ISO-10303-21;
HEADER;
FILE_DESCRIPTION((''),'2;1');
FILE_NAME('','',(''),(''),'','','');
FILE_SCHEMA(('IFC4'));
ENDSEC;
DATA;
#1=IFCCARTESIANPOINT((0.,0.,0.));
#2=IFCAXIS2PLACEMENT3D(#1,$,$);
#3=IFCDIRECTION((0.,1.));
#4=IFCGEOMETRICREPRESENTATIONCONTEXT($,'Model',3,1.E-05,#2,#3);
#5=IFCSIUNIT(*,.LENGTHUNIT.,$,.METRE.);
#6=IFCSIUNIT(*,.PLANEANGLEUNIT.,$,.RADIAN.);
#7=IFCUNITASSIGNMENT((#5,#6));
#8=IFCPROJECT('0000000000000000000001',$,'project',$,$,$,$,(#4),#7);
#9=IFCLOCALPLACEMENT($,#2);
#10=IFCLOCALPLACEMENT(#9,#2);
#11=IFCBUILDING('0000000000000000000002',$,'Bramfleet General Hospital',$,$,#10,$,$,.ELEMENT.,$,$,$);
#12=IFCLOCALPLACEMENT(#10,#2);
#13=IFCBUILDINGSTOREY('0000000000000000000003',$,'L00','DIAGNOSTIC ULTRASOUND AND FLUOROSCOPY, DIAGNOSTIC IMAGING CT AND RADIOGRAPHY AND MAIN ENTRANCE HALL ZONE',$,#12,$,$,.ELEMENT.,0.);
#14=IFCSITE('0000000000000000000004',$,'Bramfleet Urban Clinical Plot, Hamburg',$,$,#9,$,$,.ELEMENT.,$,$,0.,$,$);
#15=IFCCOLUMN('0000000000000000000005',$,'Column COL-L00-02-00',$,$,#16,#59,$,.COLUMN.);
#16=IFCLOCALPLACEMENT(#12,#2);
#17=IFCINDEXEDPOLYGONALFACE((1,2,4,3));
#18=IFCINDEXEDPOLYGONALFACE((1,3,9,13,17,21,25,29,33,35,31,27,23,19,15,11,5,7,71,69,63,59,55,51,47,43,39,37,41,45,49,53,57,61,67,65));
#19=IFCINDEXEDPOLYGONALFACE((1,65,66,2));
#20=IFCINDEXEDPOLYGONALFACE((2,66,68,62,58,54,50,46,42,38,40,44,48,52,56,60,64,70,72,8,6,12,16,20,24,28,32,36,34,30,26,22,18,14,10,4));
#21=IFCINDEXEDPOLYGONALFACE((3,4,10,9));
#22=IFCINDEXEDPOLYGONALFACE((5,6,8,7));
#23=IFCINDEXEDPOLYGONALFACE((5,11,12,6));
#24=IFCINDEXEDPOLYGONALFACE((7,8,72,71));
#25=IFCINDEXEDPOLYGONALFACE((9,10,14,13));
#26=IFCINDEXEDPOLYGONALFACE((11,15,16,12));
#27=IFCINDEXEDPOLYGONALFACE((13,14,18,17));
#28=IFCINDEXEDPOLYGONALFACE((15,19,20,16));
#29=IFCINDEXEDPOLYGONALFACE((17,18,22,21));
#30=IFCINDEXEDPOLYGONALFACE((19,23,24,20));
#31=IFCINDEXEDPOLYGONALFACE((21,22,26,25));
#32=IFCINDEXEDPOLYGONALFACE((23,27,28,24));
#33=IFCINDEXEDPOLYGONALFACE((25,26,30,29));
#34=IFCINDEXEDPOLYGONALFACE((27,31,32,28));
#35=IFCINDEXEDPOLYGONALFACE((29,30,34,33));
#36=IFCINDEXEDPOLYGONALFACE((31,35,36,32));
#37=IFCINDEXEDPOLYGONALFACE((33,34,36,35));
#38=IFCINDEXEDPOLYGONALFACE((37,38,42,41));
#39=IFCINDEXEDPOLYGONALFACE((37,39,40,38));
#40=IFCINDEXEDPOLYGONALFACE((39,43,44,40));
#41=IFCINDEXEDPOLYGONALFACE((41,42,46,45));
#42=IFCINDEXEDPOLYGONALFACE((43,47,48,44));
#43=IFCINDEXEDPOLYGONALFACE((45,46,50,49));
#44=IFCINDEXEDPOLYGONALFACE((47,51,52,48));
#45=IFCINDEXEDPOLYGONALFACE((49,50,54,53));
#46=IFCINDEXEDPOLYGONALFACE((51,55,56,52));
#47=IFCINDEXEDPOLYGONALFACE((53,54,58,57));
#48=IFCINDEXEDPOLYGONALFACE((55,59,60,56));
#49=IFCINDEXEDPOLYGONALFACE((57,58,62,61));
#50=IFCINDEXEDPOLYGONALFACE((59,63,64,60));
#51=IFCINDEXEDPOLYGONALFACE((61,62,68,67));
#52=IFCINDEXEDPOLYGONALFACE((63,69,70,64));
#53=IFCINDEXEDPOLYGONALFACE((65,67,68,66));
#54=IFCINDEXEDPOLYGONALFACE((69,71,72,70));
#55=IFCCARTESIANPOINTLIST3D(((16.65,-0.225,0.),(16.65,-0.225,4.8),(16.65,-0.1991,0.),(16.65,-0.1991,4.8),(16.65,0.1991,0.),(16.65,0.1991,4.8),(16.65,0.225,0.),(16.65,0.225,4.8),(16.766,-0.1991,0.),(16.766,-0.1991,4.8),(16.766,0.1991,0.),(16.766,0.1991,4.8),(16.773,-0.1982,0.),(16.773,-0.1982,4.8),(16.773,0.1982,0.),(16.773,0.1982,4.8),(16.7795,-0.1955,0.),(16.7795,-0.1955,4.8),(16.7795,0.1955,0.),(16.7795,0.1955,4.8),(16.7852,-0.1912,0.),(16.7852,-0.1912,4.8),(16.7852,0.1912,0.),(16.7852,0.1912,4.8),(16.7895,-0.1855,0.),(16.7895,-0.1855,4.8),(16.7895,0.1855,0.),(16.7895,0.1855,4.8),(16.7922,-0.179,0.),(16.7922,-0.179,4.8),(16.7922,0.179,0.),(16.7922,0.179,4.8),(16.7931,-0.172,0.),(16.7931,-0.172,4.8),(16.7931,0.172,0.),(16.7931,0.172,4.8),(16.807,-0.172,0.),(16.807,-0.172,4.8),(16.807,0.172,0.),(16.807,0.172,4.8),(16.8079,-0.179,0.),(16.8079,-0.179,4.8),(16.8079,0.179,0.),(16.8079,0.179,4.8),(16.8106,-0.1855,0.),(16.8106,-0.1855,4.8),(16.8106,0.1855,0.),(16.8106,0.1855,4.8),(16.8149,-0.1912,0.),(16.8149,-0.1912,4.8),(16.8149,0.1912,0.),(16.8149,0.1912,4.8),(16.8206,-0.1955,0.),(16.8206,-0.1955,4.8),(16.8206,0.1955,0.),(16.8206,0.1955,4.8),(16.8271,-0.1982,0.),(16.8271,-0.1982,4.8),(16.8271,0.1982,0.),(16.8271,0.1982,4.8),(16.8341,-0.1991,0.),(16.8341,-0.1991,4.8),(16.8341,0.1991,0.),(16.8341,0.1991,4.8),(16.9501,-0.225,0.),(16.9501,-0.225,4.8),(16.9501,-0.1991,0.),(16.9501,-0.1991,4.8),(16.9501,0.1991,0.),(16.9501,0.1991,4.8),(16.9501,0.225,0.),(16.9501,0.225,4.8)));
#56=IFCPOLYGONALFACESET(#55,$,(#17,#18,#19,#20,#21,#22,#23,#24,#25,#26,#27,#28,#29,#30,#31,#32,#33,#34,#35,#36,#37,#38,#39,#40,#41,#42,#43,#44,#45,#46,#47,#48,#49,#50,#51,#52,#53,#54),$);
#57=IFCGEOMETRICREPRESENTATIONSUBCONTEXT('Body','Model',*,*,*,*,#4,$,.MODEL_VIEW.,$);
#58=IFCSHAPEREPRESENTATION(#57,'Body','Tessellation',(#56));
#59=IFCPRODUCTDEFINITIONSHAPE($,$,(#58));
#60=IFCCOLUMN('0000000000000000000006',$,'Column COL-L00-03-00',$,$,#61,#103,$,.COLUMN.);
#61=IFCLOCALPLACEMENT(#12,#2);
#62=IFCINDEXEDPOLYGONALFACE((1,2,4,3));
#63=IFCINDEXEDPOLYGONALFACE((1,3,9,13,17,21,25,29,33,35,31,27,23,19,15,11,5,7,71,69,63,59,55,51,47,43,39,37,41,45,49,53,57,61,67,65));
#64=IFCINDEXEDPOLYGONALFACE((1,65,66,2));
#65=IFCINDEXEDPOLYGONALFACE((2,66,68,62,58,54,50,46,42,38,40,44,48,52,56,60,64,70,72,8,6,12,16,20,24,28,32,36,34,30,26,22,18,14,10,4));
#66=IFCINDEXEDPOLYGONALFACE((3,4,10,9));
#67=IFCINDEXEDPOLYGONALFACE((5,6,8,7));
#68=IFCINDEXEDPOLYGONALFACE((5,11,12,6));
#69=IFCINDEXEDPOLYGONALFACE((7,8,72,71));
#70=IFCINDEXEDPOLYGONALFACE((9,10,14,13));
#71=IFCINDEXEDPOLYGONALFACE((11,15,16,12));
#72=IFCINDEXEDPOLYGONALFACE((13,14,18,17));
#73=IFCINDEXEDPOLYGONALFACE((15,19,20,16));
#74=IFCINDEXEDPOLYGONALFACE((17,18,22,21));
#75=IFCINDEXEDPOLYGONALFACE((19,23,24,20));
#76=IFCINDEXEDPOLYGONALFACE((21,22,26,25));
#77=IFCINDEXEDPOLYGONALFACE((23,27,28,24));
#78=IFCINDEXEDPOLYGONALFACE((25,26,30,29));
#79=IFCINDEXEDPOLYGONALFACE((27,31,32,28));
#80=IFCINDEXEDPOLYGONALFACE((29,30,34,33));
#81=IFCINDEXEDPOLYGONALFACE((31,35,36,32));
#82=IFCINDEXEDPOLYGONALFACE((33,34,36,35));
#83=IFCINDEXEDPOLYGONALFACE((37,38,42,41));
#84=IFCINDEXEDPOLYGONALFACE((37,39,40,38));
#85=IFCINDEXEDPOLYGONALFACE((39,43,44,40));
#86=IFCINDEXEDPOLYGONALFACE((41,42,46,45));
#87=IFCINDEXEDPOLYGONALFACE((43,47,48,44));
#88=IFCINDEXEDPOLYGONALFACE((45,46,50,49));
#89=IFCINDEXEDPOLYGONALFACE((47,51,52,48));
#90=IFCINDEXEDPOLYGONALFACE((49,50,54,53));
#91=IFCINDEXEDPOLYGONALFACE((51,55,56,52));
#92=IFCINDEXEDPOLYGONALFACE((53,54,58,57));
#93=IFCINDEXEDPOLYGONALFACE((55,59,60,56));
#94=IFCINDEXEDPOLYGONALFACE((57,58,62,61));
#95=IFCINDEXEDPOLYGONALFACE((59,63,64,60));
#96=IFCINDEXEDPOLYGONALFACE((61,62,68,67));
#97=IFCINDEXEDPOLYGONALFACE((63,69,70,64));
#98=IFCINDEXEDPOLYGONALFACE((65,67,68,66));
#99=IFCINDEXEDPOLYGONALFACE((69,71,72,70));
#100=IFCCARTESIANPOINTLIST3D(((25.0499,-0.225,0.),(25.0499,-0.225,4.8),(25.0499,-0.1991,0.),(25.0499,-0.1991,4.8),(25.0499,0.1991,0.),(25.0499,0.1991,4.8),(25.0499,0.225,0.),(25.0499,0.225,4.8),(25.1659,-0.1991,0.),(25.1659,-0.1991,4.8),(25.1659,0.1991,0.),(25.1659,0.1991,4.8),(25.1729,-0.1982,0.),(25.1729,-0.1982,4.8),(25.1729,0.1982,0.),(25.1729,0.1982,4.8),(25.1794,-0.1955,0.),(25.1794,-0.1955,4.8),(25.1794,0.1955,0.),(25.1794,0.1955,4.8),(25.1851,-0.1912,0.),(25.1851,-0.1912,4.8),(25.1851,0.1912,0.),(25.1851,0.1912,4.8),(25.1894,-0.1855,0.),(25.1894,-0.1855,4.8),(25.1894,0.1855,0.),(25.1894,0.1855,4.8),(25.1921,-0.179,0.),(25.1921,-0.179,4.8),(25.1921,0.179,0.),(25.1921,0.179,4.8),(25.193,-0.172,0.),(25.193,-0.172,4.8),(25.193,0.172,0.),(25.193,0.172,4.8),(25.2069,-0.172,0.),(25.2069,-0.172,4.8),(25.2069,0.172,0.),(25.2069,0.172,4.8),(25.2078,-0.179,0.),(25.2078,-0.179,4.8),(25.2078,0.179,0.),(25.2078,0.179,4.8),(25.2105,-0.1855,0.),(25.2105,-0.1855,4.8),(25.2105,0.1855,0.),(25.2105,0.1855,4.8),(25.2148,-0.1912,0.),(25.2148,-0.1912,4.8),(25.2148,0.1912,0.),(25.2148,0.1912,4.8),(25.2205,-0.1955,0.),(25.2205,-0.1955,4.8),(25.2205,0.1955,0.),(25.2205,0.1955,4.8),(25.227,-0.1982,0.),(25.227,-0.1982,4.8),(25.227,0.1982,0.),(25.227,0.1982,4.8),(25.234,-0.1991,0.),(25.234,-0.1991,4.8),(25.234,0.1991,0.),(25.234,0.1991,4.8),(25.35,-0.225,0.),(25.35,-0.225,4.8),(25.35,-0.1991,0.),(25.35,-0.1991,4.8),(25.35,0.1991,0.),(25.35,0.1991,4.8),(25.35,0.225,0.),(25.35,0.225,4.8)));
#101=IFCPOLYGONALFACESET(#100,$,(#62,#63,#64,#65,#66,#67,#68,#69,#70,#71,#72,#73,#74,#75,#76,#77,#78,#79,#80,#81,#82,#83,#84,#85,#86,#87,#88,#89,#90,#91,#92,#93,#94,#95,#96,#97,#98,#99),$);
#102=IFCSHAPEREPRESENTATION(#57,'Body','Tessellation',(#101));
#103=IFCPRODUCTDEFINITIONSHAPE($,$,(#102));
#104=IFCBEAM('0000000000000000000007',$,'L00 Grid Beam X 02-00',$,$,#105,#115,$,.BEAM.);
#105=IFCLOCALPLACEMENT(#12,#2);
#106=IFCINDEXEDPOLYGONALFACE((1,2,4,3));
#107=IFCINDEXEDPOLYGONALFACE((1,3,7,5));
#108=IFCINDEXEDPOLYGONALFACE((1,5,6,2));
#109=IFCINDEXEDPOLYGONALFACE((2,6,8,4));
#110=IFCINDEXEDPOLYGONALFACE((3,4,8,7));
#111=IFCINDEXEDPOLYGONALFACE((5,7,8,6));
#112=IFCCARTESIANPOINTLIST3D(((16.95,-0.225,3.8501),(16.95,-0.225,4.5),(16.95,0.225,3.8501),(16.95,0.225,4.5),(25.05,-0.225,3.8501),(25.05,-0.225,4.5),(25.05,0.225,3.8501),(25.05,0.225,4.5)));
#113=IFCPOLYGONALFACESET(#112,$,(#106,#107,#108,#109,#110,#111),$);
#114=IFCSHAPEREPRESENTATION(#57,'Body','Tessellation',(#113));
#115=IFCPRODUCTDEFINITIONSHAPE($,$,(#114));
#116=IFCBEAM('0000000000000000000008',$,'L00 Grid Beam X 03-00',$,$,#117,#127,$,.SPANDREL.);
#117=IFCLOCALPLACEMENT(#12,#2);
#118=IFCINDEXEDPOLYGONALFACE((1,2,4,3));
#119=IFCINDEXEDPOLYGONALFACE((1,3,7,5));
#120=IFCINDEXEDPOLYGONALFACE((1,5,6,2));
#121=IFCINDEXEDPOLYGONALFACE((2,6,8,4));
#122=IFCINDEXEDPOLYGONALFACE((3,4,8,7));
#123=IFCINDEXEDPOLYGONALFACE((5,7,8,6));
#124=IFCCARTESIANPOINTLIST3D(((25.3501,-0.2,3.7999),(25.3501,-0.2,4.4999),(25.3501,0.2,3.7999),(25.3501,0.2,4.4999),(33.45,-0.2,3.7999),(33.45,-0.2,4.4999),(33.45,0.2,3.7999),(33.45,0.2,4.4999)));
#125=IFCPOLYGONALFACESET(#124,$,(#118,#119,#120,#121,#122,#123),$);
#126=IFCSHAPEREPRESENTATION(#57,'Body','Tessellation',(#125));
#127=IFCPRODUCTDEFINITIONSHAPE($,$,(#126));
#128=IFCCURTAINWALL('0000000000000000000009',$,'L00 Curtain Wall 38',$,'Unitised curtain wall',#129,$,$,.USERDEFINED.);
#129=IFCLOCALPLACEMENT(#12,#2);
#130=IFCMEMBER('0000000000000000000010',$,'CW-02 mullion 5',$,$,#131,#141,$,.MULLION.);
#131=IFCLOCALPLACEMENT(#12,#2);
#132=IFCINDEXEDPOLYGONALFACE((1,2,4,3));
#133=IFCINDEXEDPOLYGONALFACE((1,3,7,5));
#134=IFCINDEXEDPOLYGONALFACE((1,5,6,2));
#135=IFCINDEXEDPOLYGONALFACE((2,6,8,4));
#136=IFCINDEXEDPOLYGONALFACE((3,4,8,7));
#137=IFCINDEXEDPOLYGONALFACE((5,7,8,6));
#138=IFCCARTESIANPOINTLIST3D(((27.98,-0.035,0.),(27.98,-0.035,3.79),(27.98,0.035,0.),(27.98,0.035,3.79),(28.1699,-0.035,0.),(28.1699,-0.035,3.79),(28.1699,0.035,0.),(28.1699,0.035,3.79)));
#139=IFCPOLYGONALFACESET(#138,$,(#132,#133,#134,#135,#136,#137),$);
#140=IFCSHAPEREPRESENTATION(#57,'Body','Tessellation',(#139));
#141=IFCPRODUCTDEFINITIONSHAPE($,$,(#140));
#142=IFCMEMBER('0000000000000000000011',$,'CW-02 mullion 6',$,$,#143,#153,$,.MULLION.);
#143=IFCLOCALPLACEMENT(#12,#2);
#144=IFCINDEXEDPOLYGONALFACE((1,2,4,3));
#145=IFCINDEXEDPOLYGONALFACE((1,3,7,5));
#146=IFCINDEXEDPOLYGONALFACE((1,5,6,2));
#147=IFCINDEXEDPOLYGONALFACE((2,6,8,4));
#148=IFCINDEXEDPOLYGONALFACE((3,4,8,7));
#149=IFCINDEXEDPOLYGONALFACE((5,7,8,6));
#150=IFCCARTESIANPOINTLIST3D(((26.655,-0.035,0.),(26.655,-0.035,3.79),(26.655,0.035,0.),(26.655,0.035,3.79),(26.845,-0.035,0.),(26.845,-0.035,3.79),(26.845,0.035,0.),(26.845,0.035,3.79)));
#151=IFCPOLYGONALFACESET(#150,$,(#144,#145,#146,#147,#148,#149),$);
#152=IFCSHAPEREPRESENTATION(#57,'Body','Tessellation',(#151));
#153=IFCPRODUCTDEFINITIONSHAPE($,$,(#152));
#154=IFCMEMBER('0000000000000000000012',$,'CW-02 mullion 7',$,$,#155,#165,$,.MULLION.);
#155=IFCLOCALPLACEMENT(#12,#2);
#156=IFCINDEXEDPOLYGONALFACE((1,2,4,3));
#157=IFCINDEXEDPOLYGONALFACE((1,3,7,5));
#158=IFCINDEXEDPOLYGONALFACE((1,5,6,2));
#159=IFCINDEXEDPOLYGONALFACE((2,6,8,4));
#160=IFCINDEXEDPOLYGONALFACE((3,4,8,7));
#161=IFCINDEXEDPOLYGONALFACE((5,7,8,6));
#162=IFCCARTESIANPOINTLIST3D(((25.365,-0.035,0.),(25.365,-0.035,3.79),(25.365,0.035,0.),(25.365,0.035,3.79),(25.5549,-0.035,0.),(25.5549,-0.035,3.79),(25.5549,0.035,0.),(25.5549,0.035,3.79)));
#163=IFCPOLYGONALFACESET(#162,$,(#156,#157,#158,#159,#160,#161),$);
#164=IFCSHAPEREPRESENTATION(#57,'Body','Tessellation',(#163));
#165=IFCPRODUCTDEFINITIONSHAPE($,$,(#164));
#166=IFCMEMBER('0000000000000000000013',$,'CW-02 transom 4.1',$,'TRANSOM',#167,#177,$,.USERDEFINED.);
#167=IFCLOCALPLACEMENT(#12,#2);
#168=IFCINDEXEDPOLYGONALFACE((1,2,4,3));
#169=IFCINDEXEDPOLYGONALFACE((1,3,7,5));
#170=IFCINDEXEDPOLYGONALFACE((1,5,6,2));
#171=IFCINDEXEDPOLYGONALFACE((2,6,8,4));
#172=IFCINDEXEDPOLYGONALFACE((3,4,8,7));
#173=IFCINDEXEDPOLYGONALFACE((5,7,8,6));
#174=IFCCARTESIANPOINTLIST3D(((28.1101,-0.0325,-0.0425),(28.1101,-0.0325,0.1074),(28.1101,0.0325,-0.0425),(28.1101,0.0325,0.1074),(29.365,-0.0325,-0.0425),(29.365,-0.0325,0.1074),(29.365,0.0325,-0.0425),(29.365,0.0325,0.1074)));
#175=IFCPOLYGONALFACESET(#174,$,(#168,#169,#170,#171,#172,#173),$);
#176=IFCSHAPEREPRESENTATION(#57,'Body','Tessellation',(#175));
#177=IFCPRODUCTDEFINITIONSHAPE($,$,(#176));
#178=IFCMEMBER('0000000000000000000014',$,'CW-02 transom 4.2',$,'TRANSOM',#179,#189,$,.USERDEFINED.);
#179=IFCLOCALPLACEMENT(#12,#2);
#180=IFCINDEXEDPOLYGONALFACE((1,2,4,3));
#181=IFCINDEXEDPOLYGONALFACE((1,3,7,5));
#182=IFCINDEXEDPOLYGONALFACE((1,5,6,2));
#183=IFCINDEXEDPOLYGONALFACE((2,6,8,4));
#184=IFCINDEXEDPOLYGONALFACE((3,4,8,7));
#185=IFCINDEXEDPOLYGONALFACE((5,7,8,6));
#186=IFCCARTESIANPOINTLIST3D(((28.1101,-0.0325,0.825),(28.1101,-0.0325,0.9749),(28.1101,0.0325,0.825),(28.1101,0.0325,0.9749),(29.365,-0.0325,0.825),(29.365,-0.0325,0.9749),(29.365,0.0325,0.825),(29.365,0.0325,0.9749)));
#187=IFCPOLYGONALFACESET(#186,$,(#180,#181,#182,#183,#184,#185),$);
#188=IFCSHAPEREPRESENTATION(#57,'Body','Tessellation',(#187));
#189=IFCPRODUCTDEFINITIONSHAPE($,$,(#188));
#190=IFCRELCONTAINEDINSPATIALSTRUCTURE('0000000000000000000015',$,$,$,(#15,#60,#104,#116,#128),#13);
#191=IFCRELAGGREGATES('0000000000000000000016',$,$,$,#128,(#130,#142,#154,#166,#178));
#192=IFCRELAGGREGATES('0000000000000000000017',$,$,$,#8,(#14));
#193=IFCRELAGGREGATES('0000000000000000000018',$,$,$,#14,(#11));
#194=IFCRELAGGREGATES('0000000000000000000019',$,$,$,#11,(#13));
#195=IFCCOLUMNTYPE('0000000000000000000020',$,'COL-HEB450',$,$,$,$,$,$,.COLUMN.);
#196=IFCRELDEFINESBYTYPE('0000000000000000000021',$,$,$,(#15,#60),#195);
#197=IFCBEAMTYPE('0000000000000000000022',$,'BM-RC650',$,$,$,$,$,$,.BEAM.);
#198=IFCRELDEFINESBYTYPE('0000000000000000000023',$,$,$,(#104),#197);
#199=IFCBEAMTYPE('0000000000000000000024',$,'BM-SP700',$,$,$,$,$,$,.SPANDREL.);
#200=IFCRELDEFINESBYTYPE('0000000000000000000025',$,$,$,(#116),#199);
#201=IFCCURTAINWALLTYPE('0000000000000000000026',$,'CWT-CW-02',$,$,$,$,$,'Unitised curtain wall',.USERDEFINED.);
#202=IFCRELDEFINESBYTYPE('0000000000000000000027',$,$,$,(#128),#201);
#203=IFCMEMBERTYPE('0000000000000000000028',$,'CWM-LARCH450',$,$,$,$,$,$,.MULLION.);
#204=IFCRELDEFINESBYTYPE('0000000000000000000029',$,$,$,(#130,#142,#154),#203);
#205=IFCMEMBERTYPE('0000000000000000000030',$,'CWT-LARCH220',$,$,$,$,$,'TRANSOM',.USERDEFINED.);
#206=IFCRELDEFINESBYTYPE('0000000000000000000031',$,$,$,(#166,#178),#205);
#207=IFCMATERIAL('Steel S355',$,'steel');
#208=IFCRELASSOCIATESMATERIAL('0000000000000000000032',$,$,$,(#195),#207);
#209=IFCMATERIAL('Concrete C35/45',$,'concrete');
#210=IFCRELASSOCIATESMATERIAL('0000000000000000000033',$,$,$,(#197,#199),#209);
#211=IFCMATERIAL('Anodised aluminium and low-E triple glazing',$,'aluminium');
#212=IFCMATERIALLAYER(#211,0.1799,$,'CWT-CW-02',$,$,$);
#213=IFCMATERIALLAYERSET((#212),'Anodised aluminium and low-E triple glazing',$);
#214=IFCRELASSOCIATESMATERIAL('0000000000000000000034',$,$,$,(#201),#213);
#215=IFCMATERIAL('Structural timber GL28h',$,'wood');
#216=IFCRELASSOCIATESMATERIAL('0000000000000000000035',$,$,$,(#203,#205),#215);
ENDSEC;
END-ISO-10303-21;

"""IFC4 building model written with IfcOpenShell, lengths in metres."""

from ifc_helpers import new_model, si_unit, direction, frame, origin, origin_2d, place, context, subcontext, project, spatial, rectangle, i_section, extrude, material, layer, layer_set, material_profile, profile_set, type_object, element, aggregate, save


model = new_model("IFC4")

# Units and contexts
model_context = context("Model", 3, precision=1e-05, world=origin(), true_north=direction((0.0, 1.0)))
body_context = subcontext(model_context, "Body", "Model", "MODEL_VIEW")
ifc_project = project(units=[si_unit("LENGTHUNIT", "METRE"), si_unit("PLANEANGLEUNIT", "RADIAN")], contexts=[model_context])

# Site, building, storey
site_placement = place(None, origin())
site = spatial("IfcSite", under=ifc_project, at=site_placement, Name="Bramfleet Urban Clinical Plot, Hamburg", CompositionType="ELEMENT", RefElevation=0.0)
building_placement = place(site_placement, origin())
building = spatial("IfcBuilding", under=site, at=building_placement, Name="Bramfleet General Hospital", CompositionType="ELEMENT")
storey_placement = place(building_placement, origin())
storey = spatial("IfcBuildingStorey", under=building, at=storey_placement, Name="L00", Description="DIAGNOSTIC ULTRASOUND AND FLUOROSCOPY, DIAGNOSTIC IMAGING CT AND RADIOGRAPHY AND MAIN ENTRANCE HALL ZONE", CompositionType="ELEMENT", Elevation=0.0)

# Columns
ifc_material_1 = material(Name="Steel S355", Category="steel")
ifc_material_profile_1 = material_profile(ifc_material_1, i_section(OverallWidth=0.3, OverallDepth=0.45, WebThickness=0.0139, FlangeThickness=0.0259, FilletRadius=0.0271, at=origin_2d()), Name="HEB 450")
ifc_profile_set_1 = profile_set([ifc_material_profile_1], Name="Steel S355")
column_type = type_object("IfcColumnType", Name="COL-HEB450", PredefinedType="COLUMN", material=ifc_profile_set_1)
for number, where, z_axis, x_axis, name in (
    (1, (16.8, 0.0, 0.0), (0.0, 0.0, 1.0), (1.0, 0.0, 0.0), "Column COL-L00-02-00"),
    (2, (25.2, 0.0, 0.0), (0.0, 0.0, 1.0), (1.0, 0.0, 0.0), "Column COL-L00-03-00"),
):
    element("IfcColumn", number, at=place(storey_placement, frame(where, z_axis=z_axis, x_axis=x_axis)), inside=storey, type_object=column_type, Name=name, PredefinedType="COLUMN", context=body_context, shape_type="SweptSolid", body=[
        extrude(i_section(OverallWidth=0.3, OverallDepth=0.45, WebThickness=0.0139, FlangeThickness=0.0259, FilletRadius=0.0271, at=origin_2d()), origin(), (0.0, 0.0, 1.0), 4.8),
    ])

# Beams
ifc_material_2 = material(Name="Concrete C35/45", Category="concrete")
ifc_material_profile_2 = material_profile(ifc_material_2, rectangle(XDim=0.45, YDim=0.6499, at=origin_2d()), Name="RC BM 650x450")
ifc_profile_set_2 = profile_set([ifc_material_profile_2], Name="Concrete C35/45")
beam_type_1 = type_object("IfcBeamType", Name="BM-RC650", PredefinedType="BEAM", material=ifc_profile_set_2)
beam_1_placement = place(storey_placement, frame((16.95, 0.0, 4.175), z_axis=(1.0, 0.0, 0.0), x_axis=(0.0, 1.0, 0.0)))
element("IfcBeam", 3, at=beam_1_placement, inside=storey, type_object=beam_type_1, Name="L00 Grid Beam X 02-00", PredefinedType="BEAM", context=body_context, shape_type="SweptSolid", body=[
    extrude(rectangle(XDim=0.45, YDim=0.6499, at=origin_2d()), origin(), (0.0, 0.0, 1.0), 8.1001),
])
ifc_material_profile_3 = material_profile(ifc_material_2, rectangle(XDim=0.3999, YDim=0.7, at=origin_2d()), Name="RC SP 700x400")
ifc_profile_set_3 = profile_set([ifc_material_profile_3], Name="Concrete C35/45")
beam_type_2 = type_object("IfcBeamType", Name="BM-SP700", PredefinedType="SPANDREL", material=ifc_profile_set_3)
beam_2_placement = place(storey_placement, frame((25.3501, 0.0, 4.1499), z_axis=(1.0, 0.0, 0.0), x_axis=(0.0, 1.0, 0.0)))
element("IfcBeam", 4, at=beam_2_placement, inside=storey, type_object=beam_type_2, Name="L00 Grid Beam X 03-00", PredefinedType="SPANDREL", context=body_context, shape_type="SweptSolid", body=[
    extrude(rectangle(XDim=0.3999, YDim=0.7, at=origin_2d()), origin(), (0.0, 0.0, 1.0), 8.0999),
])

# Curtain wall, members
ifc_material_3 = material(Name="Anodised aluminium and low-E triple glazing", Category="aluminium")
ifc_layer_1 = layer(ifc_material_3, 0.1799, Name="CWT-CW-02")
ifc_layer_set_1 = layer_set([ifc_layer_1], Name="Anodised aluminium and low-E triple glazing")
curtain_wall_type = type_object("IfcCurtainWallType", Name="CWT-CW-02", ElementType="Unitised curtain wall", PredefinedType="USERDEFINED", material=ifc_layer_set_1)
curtain_wall_placement = place(storey_placement, origin())
curtain_wall = element("IfcCurtainWall", 5, at=curtain_wall_placement, inside=storey, type_object=curtain_wall_type, Name="L00 Curtain Wall 38", ObjectType="Unitised curtain wall", PredefinedType="USERDEFINED")
ifc_material_4 = material(Name="Structural timber GL28h", Category="wood")
ifc_material_profile_4 = material_profile(ifc_material_4, rectangle(XDim=0.0701, YDim=0.1899, at=origin_2d()), Name="LARCH 190x70")
ifc_profile_set_4 = profile_set([ifc_material_profile_4], Name="Structural timber GL28h")
member_type_1 = type_object("IfcMemberType", Name="CWM-LARCH450", PredefinedType="MULLION", material=ifc_profile_set_4)
member_1_placement = place(storey_placement, frame((28.075, 0.0, 0.0), z_axis=(0.0, 0.0, 1.0), x_axis=(0.0, -1.0, 0.0)))
member_1 = element("IfcMember", 6, at=member_1_placement, type_object=member_type_1, Name="CW-02 mullion 5", PredefinedType="MULLION", context=body_context, shape_type="SweptSolid", body=[
    extrude(rectangle(XDim=0.0701, YDim=0.1899, at=origin_2d()), origin(), (0.0, 0.0, 1.0), 3.79),
])
member_2_placement = place(storey_placement, frame((26.75, 0.0, 0.0), z_axis=(0.0, 0.0, 1.0), x_axis=(0.0, -1.0, 0.0)))
member_2 = element("IfcMember", 7, at=member_2_placement, type_object=member_type_1, Name="CW-02 mullion 6", PredefinedType="MULLION", context=body_context, shape_type="SweptSolid", body=[
    extrude(rectangle(XDim=0.0701, YDim=0.1899, at=origin_2d()), origin(), (0.0, 0.0, 1.0), 3.79),
])
member_3_placement = place(storey_placement, frame((25.46, 0.0, 0.0), z_axis=(0.0, 0.0, 1.0), x_axis=(0.0, -1.0, 0.0)))
member_3 = element("IfcMember", 8, at=member_3_placement, type_object=member_type_1, Name="CW-02 mullion 7", PredefinedType="MULLION", context=body_context, shape_type="SweptSolid", body=[
    extrude(rectangle(XDim=0.0701, YDim=0.1899, at=origin_2d()), origin(), (0.0, 0.0, 1.0), 3.79),
])
ifc_material_profile_5 = material_profile(ifc_material_4, rectangle(XDim=0.0649, YDim=0.1499, at=origin_2d()), Name="LARCH 150x65")
ifc_profile_set_5 = profile_set([ifc_material_profile_5], Name="Structural timber GL28h")
member_type_2 = type_object("IfcMemberType", Name="CWT-LARCH220", ElementType="TRANSOM", PredefinedType="USERDEFINED", material=ifc_profile_set_5)
member_4_placement = place(storey_placement, frame((29.365, 0.0, 0.0325), z_axis=(-1.0, 0.0, 0.0), x_axis=(0.0, -1.0, 0.0)))
member_4 = element("IfcMember", 9, at=member_4_placement, type_object=member_type_2, Name="CW-02 transom 4.1", ObjectType="TRANSOM", PredefinedType="USERDEFINED", context=body_context, shape_type="SweptSolid", body=[
    extrude(rectangle(XDim=0.0649, YDim=0.1499, at=origin_2d()), origin(), (0.0, 0.0, 1.0), 1.2549),
])
member_5_placement = place(storey_placement, frame((29.365, 0.0, 0.8999), z_axis=(-1.0, 0.0, 0.0), x_axis=(0.0, -1.0, 0.0)))
member_5 = element("IfcMember", 10, at=member_5_placement, type_object=member_type_2, Name="CW-02 transom 4.2", ObjectType="TRANSOM", PredefinedType="USERDEFINED", context=body_context, shape_type="SweptSolid", body=[
    extrude(rectangle(XDim=0.0649, YDim=0.1499, at=origin_2d()), origin(), (0.0, 0.0, 1.0), 1.2549),
])
aggregate(curtain_wall, [member_1, member_2, member_3, member_4, member_5])

save(model, "model.ifc")
